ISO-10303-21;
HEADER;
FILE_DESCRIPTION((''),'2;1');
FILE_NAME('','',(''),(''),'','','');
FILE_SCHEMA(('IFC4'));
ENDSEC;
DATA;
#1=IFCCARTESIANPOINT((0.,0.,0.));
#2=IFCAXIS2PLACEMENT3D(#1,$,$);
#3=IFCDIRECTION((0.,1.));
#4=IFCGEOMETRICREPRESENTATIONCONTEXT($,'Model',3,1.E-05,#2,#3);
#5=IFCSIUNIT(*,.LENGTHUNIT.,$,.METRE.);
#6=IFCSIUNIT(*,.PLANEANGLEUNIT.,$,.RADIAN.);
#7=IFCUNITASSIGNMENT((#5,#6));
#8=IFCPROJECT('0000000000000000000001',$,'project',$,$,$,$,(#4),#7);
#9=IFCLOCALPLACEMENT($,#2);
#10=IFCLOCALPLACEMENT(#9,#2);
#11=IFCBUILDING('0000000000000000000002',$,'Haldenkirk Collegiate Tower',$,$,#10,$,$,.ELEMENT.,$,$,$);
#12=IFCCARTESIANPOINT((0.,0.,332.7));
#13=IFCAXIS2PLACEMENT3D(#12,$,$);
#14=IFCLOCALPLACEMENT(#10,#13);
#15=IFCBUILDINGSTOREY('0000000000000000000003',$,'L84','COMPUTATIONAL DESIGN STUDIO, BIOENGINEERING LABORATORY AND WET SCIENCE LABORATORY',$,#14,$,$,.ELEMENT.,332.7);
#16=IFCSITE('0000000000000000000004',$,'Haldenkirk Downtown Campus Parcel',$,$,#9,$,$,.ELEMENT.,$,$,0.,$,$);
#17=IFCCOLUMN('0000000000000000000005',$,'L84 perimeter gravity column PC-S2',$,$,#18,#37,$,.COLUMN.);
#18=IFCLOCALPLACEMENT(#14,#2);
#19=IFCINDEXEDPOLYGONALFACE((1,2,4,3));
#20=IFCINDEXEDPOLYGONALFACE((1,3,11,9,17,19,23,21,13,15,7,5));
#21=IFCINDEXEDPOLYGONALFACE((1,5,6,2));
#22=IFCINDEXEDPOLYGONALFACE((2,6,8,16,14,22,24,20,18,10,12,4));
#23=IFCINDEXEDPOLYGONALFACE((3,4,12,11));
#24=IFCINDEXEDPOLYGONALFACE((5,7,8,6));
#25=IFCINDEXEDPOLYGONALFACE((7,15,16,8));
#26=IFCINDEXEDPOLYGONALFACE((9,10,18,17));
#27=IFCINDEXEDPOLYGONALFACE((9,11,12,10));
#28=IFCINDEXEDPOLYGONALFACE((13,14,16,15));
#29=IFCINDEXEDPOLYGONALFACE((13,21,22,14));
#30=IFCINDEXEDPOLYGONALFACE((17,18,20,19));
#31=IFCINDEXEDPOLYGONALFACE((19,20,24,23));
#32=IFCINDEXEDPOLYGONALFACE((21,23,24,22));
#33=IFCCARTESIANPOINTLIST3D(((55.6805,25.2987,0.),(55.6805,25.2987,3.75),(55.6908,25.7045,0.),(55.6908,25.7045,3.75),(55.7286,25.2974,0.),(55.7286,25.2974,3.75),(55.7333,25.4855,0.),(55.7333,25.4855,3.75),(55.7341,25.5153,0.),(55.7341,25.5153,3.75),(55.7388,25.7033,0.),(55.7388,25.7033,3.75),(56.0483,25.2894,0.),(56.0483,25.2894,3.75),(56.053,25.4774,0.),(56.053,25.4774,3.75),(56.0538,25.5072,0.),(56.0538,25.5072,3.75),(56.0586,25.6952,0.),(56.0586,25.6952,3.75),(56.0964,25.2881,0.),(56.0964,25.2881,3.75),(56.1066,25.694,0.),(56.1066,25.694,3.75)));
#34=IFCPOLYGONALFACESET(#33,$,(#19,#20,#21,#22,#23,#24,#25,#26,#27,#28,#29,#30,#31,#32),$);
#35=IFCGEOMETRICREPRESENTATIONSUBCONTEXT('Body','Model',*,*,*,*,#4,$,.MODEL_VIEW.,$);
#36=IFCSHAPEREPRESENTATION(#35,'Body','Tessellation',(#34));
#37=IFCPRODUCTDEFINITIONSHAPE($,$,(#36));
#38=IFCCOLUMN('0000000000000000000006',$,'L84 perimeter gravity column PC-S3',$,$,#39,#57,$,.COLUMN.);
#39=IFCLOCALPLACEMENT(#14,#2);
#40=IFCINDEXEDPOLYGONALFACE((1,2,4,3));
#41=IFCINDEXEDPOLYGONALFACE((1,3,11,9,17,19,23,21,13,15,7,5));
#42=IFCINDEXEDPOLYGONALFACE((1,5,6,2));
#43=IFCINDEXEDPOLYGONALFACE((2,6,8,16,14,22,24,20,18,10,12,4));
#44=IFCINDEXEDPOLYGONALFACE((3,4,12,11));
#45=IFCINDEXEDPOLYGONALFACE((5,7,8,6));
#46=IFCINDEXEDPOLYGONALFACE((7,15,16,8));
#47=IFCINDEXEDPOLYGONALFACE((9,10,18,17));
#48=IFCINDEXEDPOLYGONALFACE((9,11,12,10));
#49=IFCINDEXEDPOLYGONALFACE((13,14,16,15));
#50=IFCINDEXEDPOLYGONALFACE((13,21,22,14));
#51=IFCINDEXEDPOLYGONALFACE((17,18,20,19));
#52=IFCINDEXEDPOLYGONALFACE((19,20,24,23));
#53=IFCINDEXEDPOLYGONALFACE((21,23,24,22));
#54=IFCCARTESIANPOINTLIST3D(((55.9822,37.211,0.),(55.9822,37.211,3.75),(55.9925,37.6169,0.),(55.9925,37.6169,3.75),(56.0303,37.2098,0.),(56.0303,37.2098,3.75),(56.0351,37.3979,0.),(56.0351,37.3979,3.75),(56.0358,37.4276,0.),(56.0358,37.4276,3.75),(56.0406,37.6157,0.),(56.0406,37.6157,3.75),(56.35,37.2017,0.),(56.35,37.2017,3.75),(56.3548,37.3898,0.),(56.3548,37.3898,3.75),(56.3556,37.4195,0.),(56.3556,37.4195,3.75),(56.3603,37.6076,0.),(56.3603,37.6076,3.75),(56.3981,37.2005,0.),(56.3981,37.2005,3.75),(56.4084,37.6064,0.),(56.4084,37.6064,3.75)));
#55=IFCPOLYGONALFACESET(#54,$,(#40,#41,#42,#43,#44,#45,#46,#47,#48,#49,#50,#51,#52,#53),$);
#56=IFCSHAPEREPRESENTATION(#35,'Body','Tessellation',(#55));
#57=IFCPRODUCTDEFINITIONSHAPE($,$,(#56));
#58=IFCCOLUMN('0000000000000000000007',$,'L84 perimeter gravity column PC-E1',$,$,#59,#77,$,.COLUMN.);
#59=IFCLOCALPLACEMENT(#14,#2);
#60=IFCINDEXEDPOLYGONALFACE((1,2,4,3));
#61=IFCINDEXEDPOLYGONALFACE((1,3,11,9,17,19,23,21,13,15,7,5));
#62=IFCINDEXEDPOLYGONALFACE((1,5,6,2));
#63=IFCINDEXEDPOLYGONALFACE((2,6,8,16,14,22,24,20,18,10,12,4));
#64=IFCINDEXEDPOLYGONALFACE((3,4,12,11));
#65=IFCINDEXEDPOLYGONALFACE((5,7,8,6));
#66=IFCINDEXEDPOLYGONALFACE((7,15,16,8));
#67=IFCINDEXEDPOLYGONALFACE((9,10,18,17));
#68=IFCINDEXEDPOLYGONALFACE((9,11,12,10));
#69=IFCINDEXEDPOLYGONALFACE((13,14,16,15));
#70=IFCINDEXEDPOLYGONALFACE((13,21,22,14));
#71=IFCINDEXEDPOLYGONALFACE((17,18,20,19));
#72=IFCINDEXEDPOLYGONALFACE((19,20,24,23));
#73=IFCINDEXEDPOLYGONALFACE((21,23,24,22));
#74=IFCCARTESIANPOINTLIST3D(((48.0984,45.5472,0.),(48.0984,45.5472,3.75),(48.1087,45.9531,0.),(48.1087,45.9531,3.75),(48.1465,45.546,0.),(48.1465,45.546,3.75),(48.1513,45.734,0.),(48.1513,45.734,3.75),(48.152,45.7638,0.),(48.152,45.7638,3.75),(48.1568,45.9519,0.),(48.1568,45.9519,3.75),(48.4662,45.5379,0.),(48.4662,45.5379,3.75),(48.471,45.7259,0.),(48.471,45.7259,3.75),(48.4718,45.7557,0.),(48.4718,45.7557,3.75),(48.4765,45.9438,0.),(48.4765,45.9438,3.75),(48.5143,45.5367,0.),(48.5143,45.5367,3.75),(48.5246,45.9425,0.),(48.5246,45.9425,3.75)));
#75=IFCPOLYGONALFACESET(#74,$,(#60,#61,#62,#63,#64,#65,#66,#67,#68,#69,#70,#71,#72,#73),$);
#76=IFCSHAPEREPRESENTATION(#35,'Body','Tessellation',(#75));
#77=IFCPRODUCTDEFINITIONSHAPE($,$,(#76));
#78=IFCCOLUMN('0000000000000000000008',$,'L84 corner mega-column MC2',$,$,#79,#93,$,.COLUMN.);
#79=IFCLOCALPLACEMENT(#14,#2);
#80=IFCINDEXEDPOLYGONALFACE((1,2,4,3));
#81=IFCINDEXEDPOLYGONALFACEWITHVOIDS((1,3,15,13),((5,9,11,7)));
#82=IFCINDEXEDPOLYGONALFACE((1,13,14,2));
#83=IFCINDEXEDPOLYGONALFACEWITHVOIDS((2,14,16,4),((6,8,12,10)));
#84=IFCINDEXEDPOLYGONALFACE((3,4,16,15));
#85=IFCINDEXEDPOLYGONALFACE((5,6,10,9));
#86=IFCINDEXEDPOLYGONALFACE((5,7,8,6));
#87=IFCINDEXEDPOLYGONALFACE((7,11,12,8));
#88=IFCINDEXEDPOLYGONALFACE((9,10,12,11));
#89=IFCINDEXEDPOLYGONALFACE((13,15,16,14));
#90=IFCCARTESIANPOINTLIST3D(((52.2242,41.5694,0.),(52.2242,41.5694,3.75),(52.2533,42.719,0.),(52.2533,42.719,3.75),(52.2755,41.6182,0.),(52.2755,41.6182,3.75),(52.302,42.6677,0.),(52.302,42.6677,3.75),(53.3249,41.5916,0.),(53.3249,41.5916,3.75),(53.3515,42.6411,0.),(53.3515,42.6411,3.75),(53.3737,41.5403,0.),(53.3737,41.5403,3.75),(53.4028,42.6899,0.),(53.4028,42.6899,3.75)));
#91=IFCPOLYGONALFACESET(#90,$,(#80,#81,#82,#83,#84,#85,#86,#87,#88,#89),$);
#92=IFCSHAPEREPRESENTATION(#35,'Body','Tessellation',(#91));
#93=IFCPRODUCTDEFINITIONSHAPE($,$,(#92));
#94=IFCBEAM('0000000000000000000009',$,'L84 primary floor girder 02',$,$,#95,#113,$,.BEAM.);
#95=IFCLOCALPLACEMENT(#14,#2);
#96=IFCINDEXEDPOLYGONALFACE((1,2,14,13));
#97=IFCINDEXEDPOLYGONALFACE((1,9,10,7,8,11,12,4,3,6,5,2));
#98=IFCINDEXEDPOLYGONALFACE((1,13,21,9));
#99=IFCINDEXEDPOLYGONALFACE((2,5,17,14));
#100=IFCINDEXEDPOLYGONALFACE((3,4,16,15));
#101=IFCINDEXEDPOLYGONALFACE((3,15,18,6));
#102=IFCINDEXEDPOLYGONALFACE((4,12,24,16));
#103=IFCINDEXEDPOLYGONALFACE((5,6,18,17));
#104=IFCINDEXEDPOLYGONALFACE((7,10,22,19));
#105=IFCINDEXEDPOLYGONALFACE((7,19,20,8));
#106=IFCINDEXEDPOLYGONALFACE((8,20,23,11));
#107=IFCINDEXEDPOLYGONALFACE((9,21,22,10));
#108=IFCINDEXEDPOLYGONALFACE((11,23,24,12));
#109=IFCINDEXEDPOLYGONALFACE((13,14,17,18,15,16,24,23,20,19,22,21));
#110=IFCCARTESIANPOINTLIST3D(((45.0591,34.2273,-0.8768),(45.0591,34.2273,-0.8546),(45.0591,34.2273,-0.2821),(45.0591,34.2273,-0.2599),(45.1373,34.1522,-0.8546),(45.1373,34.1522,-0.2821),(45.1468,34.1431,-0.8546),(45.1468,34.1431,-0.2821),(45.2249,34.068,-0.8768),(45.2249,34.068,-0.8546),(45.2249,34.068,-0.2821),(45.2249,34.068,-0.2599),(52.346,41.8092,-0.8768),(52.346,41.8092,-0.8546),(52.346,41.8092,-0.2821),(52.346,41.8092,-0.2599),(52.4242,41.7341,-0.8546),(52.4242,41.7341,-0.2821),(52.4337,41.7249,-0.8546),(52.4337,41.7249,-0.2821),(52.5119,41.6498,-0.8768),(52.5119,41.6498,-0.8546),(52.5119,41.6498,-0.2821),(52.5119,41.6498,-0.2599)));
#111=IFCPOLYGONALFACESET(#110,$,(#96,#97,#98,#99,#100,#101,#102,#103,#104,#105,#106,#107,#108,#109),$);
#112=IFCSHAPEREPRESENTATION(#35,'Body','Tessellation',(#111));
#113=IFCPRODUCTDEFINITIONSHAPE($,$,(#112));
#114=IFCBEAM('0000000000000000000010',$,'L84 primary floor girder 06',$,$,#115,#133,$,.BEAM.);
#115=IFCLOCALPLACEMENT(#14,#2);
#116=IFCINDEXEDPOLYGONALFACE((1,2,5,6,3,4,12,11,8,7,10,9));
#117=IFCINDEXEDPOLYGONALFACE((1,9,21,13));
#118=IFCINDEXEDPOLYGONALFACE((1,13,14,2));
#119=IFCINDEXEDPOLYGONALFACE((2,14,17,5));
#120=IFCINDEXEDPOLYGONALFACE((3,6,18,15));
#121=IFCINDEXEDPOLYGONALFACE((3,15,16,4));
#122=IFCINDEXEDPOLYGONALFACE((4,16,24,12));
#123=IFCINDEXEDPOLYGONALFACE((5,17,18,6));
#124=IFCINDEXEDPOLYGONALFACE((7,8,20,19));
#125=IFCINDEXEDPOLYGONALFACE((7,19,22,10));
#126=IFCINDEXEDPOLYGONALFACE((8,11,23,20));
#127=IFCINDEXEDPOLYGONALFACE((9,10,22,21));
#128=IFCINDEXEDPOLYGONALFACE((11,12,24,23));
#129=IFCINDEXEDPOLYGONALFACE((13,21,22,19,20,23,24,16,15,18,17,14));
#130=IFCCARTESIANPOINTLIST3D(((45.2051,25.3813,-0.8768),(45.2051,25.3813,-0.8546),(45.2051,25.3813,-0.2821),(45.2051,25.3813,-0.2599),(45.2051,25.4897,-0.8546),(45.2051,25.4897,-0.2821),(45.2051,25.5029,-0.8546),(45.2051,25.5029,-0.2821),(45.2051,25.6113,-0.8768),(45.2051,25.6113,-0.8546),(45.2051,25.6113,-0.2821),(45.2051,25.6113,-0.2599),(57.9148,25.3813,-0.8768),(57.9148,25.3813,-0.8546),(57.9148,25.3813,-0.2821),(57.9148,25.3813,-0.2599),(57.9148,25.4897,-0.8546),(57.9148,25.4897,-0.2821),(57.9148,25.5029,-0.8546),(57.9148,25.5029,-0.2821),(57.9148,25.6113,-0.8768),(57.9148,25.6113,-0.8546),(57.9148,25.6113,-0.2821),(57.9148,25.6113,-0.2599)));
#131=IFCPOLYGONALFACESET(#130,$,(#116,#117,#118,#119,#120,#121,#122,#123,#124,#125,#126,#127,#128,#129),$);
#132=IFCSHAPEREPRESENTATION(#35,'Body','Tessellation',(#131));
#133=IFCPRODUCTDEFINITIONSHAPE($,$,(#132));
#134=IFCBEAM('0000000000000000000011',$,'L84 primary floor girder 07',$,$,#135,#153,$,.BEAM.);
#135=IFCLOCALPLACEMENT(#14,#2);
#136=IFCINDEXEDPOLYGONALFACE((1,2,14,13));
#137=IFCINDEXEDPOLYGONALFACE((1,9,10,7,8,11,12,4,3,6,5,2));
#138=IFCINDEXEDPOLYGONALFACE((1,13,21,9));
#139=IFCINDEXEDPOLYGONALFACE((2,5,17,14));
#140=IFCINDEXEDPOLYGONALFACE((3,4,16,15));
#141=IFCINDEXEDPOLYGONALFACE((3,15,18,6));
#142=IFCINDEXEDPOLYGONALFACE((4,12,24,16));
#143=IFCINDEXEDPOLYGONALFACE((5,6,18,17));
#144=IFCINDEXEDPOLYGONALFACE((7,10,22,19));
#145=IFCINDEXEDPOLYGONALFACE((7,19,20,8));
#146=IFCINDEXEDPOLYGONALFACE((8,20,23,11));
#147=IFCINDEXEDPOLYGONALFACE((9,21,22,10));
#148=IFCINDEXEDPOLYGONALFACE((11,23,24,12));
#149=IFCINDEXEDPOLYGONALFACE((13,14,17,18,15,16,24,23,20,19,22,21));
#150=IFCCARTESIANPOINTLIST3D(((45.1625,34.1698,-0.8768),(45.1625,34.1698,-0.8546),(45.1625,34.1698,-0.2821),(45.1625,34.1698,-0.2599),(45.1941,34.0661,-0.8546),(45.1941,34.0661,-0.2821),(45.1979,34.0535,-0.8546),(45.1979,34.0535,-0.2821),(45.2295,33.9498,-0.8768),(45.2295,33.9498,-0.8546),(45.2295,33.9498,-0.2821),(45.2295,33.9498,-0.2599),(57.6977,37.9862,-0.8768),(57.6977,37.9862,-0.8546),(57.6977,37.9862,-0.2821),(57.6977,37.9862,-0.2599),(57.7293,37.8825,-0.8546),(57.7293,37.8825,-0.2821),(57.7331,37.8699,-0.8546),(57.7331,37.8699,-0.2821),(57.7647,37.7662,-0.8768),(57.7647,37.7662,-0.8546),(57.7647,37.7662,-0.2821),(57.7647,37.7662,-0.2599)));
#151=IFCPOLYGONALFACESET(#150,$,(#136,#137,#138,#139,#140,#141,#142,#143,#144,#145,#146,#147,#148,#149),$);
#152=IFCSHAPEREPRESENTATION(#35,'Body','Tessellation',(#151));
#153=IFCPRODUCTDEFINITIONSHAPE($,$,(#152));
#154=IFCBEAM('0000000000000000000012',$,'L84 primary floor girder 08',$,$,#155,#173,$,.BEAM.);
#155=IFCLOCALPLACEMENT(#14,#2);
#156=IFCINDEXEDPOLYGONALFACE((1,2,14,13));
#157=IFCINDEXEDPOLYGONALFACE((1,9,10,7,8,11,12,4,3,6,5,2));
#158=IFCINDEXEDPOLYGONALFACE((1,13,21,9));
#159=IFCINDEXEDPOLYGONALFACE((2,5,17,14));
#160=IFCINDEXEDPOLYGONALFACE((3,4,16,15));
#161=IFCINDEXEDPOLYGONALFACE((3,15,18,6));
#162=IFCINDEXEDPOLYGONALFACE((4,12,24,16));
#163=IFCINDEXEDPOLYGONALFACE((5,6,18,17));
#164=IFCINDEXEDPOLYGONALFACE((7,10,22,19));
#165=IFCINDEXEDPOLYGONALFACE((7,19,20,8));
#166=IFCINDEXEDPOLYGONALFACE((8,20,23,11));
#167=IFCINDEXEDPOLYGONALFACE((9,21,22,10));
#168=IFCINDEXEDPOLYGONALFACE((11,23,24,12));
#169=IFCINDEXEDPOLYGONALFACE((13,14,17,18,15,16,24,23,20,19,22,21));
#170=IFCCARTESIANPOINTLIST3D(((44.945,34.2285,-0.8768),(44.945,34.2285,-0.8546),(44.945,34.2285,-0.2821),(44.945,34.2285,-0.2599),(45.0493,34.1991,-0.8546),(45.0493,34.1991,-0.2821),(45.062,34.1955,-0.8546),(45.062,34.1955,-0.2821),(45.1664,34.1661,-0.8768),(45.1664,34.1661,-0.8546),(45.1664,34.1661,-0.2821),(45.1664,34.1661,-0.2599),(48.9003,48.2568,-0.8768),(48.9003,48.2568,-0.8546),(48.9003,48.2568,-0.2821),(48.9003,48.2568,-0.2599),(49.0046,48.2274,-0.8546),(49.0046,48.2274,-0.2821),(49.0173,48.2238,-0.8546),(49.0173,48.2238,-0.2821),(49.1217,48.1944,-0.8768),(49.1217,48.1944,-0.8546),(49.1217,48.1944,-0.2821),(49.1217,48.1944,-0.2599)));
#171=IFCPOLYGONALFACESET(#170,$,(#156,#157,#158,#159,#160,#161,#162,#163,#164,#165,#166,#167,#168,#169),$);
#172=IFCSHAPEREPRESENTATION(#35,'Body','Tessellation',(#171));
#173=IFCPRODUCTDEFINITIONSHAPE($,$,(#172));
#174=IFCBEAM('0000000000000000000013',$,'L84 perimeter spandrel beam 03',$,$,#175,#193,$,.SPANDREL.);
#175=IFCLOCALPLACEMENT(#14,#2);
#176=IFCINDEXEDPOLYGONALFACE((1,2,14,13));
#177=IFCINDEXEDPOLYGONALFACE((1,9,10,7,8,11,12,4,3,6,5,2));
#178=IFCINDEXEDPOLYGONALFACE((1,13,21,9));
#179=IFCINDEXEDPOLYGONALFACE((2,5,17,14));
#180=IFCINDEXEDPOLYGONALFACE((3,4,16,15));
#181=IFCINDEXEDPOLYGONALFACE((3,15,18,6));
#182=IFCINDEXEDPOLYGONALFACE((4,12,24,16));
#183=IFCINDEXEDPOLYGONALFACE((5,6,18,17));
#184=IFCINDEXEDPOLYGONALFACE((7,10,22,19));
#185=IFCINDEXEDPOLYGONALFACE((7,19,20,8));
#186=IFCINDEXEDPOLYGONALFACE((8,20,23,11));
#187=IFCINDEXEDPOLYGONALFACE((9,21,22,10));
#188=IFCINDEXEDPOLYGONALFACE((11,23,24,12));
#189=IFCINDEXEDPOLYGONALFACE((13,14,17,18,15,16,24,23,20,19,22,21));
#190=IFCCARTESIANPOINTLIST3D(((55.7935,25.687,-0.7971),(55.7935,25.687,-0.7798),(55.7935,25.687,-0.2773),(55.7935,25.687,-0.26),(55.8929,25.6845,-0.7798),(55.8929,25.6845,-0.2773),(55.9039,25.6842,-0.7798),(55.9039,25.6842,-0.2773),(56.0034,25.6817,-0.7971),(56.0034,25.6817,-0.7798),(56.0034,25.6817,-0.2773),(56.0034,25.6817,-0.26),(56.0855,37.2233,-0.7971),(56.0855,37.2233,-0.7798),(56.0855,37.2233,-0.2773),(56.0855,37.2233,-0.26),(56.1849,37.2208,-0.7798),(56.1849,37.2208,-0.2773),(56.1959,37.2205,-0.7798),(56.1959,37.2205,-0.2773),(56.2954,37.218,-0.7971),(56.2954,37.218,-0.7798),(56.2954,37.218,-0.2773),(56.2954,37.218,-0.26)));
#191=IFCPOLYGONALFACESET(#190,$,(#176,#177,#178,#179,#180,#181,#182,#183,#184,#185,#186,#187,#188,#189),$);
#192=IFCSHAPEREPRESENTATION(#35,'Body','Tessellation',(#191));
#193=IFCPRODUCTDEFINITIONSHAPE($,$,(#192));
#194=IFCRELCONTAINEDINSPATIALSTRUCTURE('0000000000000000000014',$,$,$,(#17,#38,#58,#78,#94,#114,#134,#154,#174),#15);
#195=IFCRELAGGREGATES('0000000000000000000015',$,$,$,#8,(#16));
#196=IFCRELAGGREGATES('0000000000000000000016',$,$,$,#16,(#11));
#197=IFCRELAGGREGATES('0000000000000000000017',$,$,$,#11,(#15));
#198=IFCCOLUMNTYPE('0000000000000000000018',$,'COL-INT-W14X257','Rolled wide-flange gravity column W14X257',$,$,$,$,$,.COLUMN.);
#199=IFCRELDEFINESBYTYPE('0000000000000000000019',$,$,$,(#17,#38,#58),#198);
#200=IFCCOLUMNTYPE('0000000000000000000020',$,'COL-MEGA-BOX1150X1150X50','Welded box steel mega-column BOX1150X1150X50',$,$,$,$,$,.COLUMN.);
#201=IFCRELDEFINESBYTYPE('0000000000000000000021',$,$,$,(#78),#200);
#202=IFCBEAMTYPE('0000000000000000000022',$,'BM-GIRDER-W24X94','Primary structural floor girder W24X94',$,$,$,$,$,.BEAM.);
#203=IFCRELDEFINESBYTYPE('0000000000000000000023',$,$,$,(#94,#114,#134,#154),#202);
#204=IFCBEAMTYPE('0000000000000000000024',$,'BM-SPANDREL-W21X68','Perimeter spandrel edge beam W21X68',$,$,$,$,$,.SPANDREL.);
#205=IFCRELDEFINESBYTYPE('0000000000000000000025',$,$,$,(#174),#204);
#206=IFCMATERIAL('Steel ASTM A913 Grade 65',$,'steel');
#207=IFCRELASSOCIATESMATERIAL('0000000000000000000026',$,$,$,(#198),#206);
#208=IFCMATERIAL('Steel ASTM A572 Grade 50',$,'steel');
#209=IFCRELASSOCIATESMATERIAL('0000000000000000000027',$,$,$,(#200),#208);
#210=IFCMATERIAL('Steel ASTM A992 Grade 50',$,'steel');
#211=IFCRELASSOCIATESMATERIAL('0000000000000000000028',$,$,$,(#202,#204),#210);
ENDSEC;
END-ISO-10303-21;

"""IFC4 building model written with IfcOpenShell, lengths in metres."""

from ifc_helpers import new_model, si_unit, direction, frame, origin, origin_2d, place, context, subcontext, project, spatial, hollow_rectangle, i_section, extrude, material, material_profile, profile_set, type_object, element, save


model = new_model("IFC4")

# Units and contexts
model_context = context("Model", 3, precision=1e-05, world=origin(), true_north=direction((0.0, 1.0)))
body_context = subcontext(model_context, "Body", "Model", "MODEL_VIEW")
ifc_project = project(units=[si_unit("LENGTHUNIT", "METRE"), si_unit("PLANEANGLEUNIT", "RADIAN")], contexts=[model_context])

# Site, building, storey
site_placement = place(None, origin())
site = spatial("IfcSite", under=ifc_project, at=site_placement, Name="Haldenkirk Downtown Campus Parcel", CompositionType="ELEMENT", RefElevation=0.0)
building_placement = place(site_placement, origin())
building = spatial("IfcBuilding", under=site, at=building_placement, Name="Haldenkirk Collegiate Tower", CompositionType="ELEMENT")
storey_placement = place(building_placement, frame((0.0, 0.0, 332.7)))
storey = spatial("IfcBuildingStorey", under=building, at=storey_placement, Name="L84", Description="COMPUTATIONAL DESIGN STUDIO, BIOENGINEERING LABORATORY AND WET SCIENCE LABORATORY", CompositionType="ELEMENT", Elevation=332.7)

# Columns
ifc_material_1 = material(Name="Steel ASTM A913 Grade 65", Category="steel")
ifc_material_profile_1 = material_profile(ifc_material_1, i_section(OverallWidth=0.406, OverallDepth=0.416, WebThickness=0.0298, FlangeThickness=0.0481, at=origin_2d()), Name="W14X257")
ifc_profile_set_1 = profile_set([ifc_material_profile_1], Name="Steel ASTM A913 Grade 65")
column_type_1 = type_object("IfcColumnType", Name="COL-INT-W14X257", Description="Rolled wide-flange gravity column W14X257", PredefinedType="COLUMN", material=ifc_profile_set_1)
for number, where, z_axis, x_axis, name in (
    (1, (55.8936, 25.4963, 0.0), (0.0, 0.0, 1.0), (0.025305, 0.99968, 0.0), "L84 perimeter gravity column PC-S2"),
    (2, (56.1953, 37.4087, 0.0), (0.0, 0.0, 1.0), (0.025305, 0.99968, 0.0), "L84 perimeter gravity column PC-S3"),
    (3, (48.3115, 45.7449, 0.0), (0.0, 0.0, 1.0), (0.025305, 0.99968, 0.0), "L84 perimeter gravity column PC-E1"),
):
    element("IfcColumn", number, at=place(storey_placement, frame(where, z_axis=z_axis, x_axis=x_axis)), inside=storey, type_object=column_type_1, Name=name, PredefinedType="COLUMN", context=body_context, shape_type="SweptSolid", body=[
        extrude(i_section(OverallWidth=0.406, OverallDepth=0.416, WebThickness=0.0298, FlangeThickness=0.0481, at=origin_2d()), origin(), (0.0, 0.0, 1.0), 3.75),
    ])
ifc_material_2 = material(Name="Steel ASTM A572 Grade 50", Category="steel")
ifc_material_profile_2 = material_profile(ifc_material_2, hollow_rectangle(XDim=1.1499, YDim=1.1499, WallThickness=0.05, at=origin_2d()), Name="BOX1150X1150X50")
ifc_profile_set_2 = profile_set([ifc_material_profile_2], Name="Steel ASTM A572 Grade 50")
column_type_2 = type_object("IfcColumnType", Name="COL-MEGA-BOX1150X1150X50", Description="Welded box steel mega-column BOX1150X1150X50", PredefinedType="COLUMN", material=ifc_profile_set_2)
column_placement = place(storey_placement, frame((52.8135, 42.1296, 0.0), z_axis=(0.0, 0.0, 1.0), x_axis=(0.025305, 0.99968, 0.0)))
element("IfcColumn", 4, at=column_placement, inside=storey, type_object=column_type_2, Name="L84 corner mega-column MC2", PredefinedType="COLUMN", context=body_context, shape_type="SweptSolid", body=[
    extrude(hollow_rectangle(XDim=1.1499, YDim=1.1499, WallThickness=0.05, at=origin_2d()), origin(), (0.0, 0.0, 1.0), 3.75),
])

# Beams
ifc_material_3 = material(Name="Steel ASTM A992 Grade 50", Category="steel")
ifc_material_profile_3 = material_profile(ifc_material_3, i_section(OverallWidth=0.23, OverallDepth=0.6169, WebThickness=0.0132, FlangeThickness=0.0222, at=origin_2d()), Name="W24X94")
ifc_profile_set_3 = profile_set([ifc_material_profile_3], Name="Steel ASTM A992 Grade 50")
beam_type_1 = type_object("IfcBeamType", Name="BM-GIRDER-W24X94", Description="Primary structural floor girder W24X94", PredefinedType="BEAM", material=ifc_profile_set_3)
beam_1_placement = place(storey_placement, frame((52.429, 41.7295, -0.5684), z_axis=(-0.692945, -0.720991, 0.0), x_axis=(0.720991, -0.692945, 0.0)))
element("IfcBeam", 5, at=beam_1_placement, inside=storey, type_object=beam_type_1, Name="L84 primary floor girder 02", PredefinedType="BEAM", context=body_context, shape_type="SweptSolid", body=[
    extrude(i_section(OverallWidth=0.23, OverallDepth=0.6169, WebThickness=0.0132, FlangeThickness=0.0222, at=origin_2d()), origin(), (0.0, 0.0, 1.0), 10.5159),
])
beam_2_placement = place(storey_placement, frame((57.9148, 25.4963, -0.5684), z_axis=(-1.0, 0.0, 0.0), x_axis=(0.0, -1.0, 0.0)))
element("IfcBeam", 6, at=beam_2_placement, inside=storey, type_object=beam_type_1, Name="L84 primary floor girder 06", PredefinedType="BEAM", context=body_context, shape_type="SweptSolid", body=[
    extrude(i_section(OverallWidth=0.23, OverallDepth=0.6169, WebThickness=0.0132, FlangeThickness=0.0222, at=origin_2d()), origin(), (0.0, 0.0, 1.0), 12.7097),
])
beam_3_placement = place(storey_placement, frame((57.7312, 37.8762, -0.5684), z_axis=(-0.956645, -0.291257, 0.0), x_axis=(0.291257, -0.956645, 0.0)))
element("IfcBeam", 7, at=beam_3_placement, inside=storey, type_object=beam_type_1, Name="L84 primary floor girder 07", PredefinedType="BEAM", context=body_context, shape_type="SweptSolid", body=[
    extrude(i_section(OverallWidth=0.23, OverallDepth=0.6169, WebThickness=0.0132, FlangeThickness=0.0222, at=origin_2d()), origin(), (0.0, 0.0, 1.0), 13.1033),
])
beam_4_placement = place(storey_placement, frame((49.011, 48.2256, -0.5684), z_axis=(-0.271372, -0.962474, 0.0), x_axis=(0.962474, -0.271372, 0.0)))
element("IfcBeam", 8, at=beam_4_placement, inside=storey, type_object=beam_type_1, Name="L84 primary floor girder 08", PredefinedType="BEAM", context=body_context, shape_type="SweptSolid", body=[
    extrude(i_section(OverallWidth=0.23, OverallDepth=0.6169, WebThickness=0.0132, FlangeThickness=0.0222, at=origin_2d()), origin(), (0.0, 0.0, 1.0), 14.5752),
])
ifc_material_profile_4 = material_profile(ifc_material_3, i_section(OverallWidth=0.21, OverallDepth=0.5371, WebThickness=0.011, FlangeThickness=0.0173, at=origin_2d()), Name="W21X68")
ifc_profile_set_4 = profile_set([ifc_material_profile_4], Name="Steel ASTM A992 Grade 50")
beam_type_2 = type_object("IfcBeamType", Name="BM-SPANDREL-W21X68", Description="Perimeter spandrel edge beam W21X68", PredefinedType="SPANDREL", material=ifc_profile_set_4)
beam_5_placement = place(storey_placement, frame((55.8984, 25.6843, -0.5286), z_axis=(0.025302, 0.99968, 0.0), x_axis=(-0.99968, 0.025302, 0.0)))
element("IfcBeam", 9, at=beam_5_placement, inside=storey, type_object=beam_type_2, Name="L84 perimeter spandrel beam 03", PredefinedType="SPANDREL", context=body_context, shape_type="SweptSolid", body=[
    extrude(i_section(OverallWidth=0.21, OverallDepth=0.5371, WebThickness=0.011, FlangeThickness=0.0173, at=origin_2d()), origin(), (0.0, 0.0, 1.0), 11.54),
])

save(model, "model.ifc")
